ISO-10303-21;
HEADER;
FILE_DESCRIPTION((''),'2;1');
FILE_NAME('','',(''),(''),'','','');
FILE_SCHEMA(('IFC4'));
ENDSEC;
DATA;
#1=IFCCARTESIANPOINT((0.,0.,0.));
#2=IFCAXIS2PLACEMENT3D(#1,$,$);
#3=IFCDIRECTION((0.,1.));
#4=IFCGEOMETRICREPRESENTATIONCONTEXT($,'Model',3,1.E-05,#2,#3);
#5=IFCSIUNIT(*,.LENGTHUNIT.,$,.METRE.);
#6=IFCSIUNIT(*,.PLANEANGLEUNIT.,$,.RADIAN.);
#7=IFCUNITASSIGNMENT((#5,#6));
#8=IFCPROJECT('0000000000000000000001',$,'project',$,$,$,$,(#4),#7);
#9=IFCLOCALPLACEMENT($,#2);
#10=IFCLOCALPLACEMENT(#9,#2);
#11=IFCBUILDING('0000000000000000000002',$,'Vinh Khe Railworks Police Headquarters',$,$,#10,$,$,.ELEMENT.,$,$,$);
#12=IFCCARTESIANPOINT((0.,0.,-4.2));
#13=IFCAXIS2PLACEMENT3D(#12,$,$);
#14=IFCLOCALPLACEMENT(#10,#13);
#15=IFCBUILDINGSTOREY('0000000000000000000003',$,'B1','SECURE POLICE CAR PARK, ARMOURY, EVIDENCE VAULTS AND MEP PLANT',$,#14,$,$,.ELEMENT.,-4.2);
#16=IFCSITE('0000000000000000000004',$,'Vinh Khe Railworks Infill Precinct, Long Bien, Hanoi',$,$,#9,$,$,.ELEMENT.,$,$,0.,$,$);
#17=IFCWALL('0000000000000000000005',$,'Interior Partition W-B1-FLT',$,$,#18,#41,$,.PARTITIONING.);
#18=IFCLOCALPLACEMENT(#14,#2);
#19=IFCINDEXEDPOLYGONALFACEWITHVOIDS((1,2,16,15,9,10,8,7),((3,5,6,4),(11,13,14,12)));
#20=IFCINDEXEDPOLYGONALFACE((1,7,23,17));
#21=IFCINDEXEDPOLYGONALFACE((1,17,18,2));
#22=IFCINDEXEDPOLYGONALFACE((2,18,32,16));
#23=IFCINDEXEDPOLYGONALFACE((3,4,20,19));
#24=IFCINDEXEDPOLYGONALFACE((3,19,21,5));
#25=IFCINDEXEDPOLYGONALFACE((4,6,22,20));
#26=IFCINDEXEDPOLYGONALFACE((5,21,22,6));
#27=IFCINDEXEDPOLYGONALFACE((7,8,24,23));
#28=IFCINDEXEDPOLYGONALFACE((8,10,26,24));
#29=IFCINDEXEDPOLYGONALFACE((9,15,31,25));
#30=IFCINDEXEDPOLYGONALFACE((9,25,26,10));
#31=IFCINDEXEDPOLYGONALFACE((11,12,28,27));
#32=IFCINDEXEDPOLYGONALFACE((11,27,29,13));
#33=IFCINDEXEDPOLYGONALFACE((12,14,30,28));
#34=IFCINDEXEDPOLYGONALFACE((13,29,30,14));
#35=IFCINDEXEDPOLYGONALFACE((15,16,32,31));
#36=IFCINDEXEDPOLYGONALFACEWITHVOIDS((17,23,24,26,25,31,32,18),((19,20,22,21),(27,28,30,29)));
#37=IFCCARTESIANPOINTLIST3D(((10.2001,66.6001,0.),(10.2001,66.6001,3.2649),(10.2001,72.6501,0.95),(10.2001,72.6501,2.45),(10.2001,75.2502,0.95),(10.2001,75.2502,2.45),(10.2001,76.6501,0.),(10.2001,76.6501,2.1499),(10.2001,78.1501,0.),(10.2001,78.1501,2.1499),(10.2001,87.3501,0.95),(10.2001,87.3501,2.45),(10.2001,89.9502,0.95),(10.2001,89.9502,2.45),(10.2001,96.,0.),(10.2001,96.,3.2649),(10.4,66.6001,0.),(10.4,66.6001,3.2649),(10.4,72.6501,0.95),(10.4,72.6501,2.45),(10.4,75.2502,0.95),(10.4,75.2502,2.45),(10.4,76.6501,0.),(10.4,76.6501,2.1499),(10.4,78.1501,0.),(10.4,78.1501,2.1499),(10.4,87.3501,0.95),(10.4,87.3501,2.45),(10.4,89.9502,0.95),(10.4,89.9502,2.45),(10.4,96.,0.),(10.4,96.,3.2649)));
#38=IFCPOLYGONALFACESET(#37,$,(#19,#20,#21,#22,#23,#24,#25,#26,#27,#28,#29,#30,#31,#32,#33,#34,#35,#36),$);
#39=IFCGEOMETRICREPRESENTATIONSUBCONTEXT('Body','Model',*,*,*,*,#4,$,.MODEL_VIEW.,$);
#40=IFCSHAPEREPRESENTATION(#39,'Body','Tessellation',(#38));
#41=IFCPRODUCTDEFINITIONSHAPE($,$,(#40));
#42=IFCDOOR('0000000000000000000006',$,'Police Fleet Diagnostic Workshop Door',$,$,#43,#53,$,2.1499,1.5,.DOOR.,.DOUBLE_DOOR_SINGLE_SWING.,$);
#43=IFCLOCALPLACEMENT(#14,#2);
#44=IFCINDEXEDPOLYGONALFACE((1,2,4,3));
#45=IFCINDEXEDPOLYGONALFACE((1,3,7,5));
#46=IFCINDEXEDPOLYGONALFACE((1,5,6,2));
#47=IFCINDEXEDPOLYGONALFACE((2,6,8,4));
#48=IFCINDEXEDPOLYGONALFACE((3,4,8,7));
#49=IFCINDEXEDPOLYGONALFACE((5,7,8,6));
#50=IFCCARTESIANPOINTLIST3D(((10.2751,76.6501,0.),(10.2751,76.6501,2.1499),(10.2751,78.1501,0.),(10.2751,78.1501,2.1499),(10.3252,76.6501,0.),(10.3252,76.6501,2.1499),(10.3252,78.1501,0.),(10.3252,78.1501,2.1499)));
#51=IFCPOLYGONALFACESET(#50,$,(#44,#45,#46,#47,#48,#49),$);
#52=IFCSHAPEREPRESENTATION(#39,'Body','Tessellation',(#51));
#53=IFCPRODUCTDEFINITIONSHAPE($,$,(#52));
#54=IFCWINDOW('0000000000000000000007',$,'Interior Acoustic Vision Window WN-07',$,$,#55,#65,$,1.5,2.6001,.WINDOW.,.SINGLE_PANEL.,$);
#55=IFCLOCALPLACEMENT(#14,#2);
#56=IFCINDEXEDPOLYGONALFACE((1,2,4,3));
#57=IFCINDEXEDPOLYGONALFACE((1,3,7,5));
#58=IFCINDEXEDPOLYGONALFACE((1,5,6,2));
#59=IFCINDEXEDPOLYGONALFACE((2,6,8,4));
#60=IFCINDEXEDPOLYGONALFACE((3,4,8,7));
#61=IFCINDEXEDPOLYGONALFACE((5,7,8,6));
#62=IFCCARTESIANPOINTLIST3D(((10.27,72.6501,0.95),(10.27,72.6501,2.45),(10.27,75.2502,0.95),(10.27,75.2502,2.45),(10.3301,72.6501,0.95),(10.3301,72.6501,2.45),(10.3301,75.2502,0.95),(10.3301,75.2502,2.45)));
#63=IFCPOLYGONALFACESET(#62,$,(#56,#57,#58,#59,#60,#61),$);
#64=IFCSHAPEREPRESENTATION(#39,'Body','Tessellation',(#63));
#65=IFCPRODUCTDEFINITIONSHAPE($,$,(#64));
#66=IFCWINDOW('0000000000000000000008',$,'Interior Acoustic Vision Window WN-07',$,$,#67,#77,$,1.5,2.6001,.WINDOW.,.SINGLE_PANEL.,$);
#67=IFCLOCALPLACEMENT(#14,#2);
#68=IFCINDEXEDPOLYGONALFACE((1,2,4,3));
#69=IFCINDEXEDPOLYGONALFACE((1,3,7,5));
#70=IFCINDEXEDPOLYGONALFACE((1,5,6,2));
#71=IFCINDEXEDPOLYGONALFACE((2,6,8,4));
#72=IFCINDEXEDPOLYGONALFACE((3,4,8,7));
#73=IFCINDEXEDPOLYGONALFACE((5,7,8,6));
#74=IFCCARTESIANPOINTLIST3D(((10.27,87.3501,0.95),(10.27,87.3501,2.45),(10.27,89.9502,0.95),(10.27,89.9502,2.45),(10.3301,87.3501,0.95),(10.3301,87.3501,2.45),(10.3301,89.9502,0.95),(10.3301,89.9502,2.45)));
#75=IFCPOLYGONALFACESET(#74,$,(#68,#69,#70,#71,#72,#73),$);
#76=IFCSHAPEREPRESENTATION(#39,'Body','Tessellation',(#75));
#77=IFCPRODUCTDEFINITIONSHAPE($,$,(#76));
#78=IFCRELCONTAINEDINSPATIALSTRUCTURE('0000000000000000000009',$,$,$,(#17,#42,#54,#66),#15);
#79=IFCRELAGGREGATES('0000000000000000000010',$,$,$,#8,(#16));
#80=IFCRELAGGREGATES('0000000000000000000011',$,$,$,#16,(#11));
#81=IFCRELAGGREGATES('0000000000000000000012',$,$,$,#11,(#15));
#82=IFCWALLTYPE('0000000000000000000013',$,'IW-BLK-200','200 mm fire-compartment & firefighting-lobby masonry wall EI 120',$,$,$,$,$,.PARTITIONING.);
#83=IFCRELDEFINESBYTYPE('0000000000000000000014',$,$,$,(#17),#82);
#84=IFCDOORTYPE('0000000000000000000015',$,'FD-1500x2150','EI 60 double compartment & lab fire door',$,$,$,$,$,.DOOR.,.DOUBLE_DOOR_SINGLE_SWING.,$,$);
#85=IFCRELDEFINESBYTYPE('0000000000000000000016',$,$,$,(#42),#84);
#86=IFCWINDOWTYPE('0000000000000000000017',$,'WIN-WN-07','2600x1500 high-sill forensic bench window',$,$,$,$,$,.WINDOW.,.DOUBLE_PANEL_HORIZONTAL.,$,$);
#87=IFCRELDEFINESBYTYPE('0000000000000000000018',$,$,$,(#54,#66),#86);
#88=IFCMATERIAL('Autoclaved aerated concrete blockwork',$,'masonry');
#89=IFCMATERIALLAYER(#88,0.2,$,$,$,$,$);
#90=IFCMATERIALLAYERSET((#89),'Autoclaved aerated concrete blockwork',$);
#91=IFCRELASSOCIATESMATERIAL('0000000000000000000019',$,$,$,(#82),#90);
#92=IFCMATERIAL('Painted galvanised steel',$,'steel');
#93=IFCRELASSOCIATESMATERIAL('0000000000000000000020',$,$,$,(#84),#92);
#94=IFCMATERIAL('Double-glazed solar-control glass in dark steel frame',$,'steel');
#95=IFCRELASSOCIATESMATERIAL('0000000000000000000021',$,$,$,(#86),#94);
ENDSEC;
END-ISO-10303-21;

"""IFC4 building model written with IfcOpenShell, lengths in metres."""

from ifc_helpers import new_model, si_unit, direction, frame, frame_2d, origin, place, context, subcontext, project, spatial, rectangle, extrude, material, layer, layer_set, type_object, element, fill, save


model = new_model("IFC4")

# Units and contexts
model_context = context("Model", 3, precision=1e-05, world=origin(), true_north=direction((0.0, 1.0)))
body_context = subcontext(model_context, "Body", "Model", "MODEL_VIEW")
ifc_project = project(units=[si_unit("LENGTHUNIT", "METRE"), si_unit("PLANEANGLEUNIT", "RADIAN")], contexts=[model_context])

# Site, building, storey
site_placement = place(None, origin())
site = spatial("IfcSite", under=ifc_project, at=site_placement, Name="Vinh Khe Railworks Infill Precinct, Long Bien, Hanoi", CompositionType="ELEMENT", RefElevation=0.0)
building_placement = place(site_placement, origin())
building = spatial("IfcBuilding", under=site, at=building_placement, Name="Vinh Khe Railworks Police Headquarters", CompositionType="ELEMENT")
storey_placement = place(building_placement, frame((0.0, 0.0, -4.2)))
storey = spatial("IfcBuildingStorey", under=building, at=storey_placement, Name="B1", Description="SECURE POLICE CAR PARK, ARMOURY, EVIDENCE VAULTS AND MEP PLANT", CompositionType="ELEMENT", Elevation=-4.2)

# Wall, openings, door, windows
ifc_material_1 = material(Name="Autoclaved aerated concrete blockwork", Category="masonry")
ifc_layer = layer(ifc_material_1, 0.2)
ifc_layer_set = layer_set([ifc_layer], Name="Autoclaved aerated concrete blockwork")
wall_type = type_object("IfcWallType", Name="IW-BLK-200", Description="200 mm fire-compartment & firefighting-lobby masonry wall EI 120", PredefinedType="PARTITIONING", material=ifc_layer_set)
wall_placement = place(storey_placement, frame((10.3, 66.6001, 0.0), z_axis=(0.0, 0.0, 1.0), x_axis=(0.0, 1.0, 0.0)))
wall = element("IfcWall", 1, at=wall_placement, inside=storey, type_object=wall_type, Name="Interior Partition W-B1-FLT", PredefinedType="PARTITIONING", context=body_context, shape_type="SweptSolid", body=[
    extrude(rectangle(XDim=29.3999, YDim=0.2, at=frame_2d((14.7, 0.0))), origin(), (0.0, 0.0, 1.0), 3.2649),
])
opening_1_placement = place(wall_placement, frame((10.05, 0.0, 0.0)))
opening_1 = element("IfcOpeningElement", 2, at=opening_1_placement, cuts=wall, PredefinedType="OPENING", context=body_context, shape_type="SweptSolid", body=[
    extrude(rectangle(XDim=1.5, YDim=2.1499, at=frame_2d((0.75, 1.075))), frame((0.0, 0.1147, 0.0), z_axis=(0.0, -1.0, 0.0), x_axis=(1.0, 0.0, 0.0)), (0.0, 0.0, 1.0), 0.2297),
])
opening_2_placement = place(wall_placement, frame((6.05, 0.0, 0.95)))
opening_2 = element("IfcOpeningElement", 3, at=opening_2_placement, cuts=wall, PredefinedType="OPENING", context=body_context, shape_type="SweptSolid", body=[
    extrude(rectangle(XDim=2.6001, YDim=1.5, at=frame_2d((1.3, 0.75))), frame((0.0, 0.1147, 0.0), z_axis=(0.0, -1.0, 0.0), x_axis=(1.0, 0.0, 0.0)), (0.0, 0.0, 1.0), 0.2297),
])
opening_3_placement = place(wall_placement, frame((20.75, 0.0, 0.95)))
opening_3 = element("IfcOpeningElement", 4, at=opening_3_placement, cuts=wall, PredefinedType="OPENING", context=body_context, shape_type="SweptSolid", body=[
    extrude(rectangle(XDim=2.6001, YDim=1.5, at=frame_2d((1.3, 0.75))), frame((0.0, 0.1147, 0.0), z_axis=(0.0, -1.0, 0.0), x_axis=(1.0, 0.0, 0.0)), (0.0, 0.0, 1.0), 0.2297),
])
ifc_material_2 = material(Name="Painted galvanised steel", Category="steel")
door_type = type_object("IfcDoorType", Name="FD-1500x2150", Description="EI 60 double compartment & lab fire door", OperationType="DOUBLE_DOOR_SINGLE_SWING", PredefinedType="DOOR", material=ifc_material_2)
door_placement = place(opening_1_placement, origin())
door = element("IfcDoor", 5, at=door_placement, inside=storey, type_object=door_type, Name="Police Fleet Diagnostic Workshop Door", OperationType="DOUBLE_DOOR_SINGLE_SWING", OverallHeight=2.1499, OverallWidth=1.5, PredefinedType="DOOR", context=body_context, shape_type="SweptSolid", body=[
    extrude(rectangle(XDim=1.5, YDim=2.1499, at=frame_2d((0.75, 1.075))), frame((0.0, 0.0249, 0.0), z_axis=(0.0, -1.0, 0.0), x_axis=(1.0, 0.0, 0.0)), (0.0, 0.0, 1.0), 0.05),
])
fill(opening_1, door)
ifc_material_3 = material(Name="Double-glazed solar-control glass in dark steel frame", Category="steel")
window_type = type_object("IfcWindowType", Name="WIN-WN-07", Description="2600x1500 high-sill forensic bench window", PartitioningType="DOUBLE_PANEL_HORIZONTAL", PredefinedType="WINDOW", material=ifc_material_3)
window_1_placement = place(opening_2_placement, origin())
window_1 = element("IfcWindow", 6, at=window_1_placement, inside=storey, type_object=window_type, Name="Interior Acoustic Vision Window WN-07", OverallHeight=1.5, OverallWidth=2.6001, PartitioningType="SINGLE_PANEL", PredefinedType="WINDOW", context=body_context, shape_type="SweptSolid", body=[
    extrude(rectangle(XDim=2.6001, YDim=1.5, at=frame_2d((1.3, 0.75))), frame((0.0, 0.03, 0.0), z_axis=(0.0, -1.0, 0.0), x_axis=(1.0, 0.0, 0.0)), (0.0, 0.0, 1.0), 0.0601),
])
fill(opening_2, window_1)
window_2_placement = place(opening_3_placement, origin())
window_2 = element("IfcWindow", 7, at=window_2_placement, inside=storey, type_object=window_type, Name="Interior Acoustic Vision Window WN-07", OverallHeight=1.5, OverallWidth=2.6001, PartitioningType="SINGLE_PANEL", PredefinedType="WINDOW", context=body_context, shape_type="SweptSolid", body=[
    extrude(rectangle(XDim=2.6001, YDim=1.5, at=frame_2d((1.3, 0.75))), frame((0.0, 0.03, 0.0), z_axis=(0.0, -1.0, 0.0), x_axis=(1.0, 0.0, 0.0)), (0.0, 0.0, 1.0), 0.0601),
])
fill(opening_3, window_2)

save(model, "model.ifc")
